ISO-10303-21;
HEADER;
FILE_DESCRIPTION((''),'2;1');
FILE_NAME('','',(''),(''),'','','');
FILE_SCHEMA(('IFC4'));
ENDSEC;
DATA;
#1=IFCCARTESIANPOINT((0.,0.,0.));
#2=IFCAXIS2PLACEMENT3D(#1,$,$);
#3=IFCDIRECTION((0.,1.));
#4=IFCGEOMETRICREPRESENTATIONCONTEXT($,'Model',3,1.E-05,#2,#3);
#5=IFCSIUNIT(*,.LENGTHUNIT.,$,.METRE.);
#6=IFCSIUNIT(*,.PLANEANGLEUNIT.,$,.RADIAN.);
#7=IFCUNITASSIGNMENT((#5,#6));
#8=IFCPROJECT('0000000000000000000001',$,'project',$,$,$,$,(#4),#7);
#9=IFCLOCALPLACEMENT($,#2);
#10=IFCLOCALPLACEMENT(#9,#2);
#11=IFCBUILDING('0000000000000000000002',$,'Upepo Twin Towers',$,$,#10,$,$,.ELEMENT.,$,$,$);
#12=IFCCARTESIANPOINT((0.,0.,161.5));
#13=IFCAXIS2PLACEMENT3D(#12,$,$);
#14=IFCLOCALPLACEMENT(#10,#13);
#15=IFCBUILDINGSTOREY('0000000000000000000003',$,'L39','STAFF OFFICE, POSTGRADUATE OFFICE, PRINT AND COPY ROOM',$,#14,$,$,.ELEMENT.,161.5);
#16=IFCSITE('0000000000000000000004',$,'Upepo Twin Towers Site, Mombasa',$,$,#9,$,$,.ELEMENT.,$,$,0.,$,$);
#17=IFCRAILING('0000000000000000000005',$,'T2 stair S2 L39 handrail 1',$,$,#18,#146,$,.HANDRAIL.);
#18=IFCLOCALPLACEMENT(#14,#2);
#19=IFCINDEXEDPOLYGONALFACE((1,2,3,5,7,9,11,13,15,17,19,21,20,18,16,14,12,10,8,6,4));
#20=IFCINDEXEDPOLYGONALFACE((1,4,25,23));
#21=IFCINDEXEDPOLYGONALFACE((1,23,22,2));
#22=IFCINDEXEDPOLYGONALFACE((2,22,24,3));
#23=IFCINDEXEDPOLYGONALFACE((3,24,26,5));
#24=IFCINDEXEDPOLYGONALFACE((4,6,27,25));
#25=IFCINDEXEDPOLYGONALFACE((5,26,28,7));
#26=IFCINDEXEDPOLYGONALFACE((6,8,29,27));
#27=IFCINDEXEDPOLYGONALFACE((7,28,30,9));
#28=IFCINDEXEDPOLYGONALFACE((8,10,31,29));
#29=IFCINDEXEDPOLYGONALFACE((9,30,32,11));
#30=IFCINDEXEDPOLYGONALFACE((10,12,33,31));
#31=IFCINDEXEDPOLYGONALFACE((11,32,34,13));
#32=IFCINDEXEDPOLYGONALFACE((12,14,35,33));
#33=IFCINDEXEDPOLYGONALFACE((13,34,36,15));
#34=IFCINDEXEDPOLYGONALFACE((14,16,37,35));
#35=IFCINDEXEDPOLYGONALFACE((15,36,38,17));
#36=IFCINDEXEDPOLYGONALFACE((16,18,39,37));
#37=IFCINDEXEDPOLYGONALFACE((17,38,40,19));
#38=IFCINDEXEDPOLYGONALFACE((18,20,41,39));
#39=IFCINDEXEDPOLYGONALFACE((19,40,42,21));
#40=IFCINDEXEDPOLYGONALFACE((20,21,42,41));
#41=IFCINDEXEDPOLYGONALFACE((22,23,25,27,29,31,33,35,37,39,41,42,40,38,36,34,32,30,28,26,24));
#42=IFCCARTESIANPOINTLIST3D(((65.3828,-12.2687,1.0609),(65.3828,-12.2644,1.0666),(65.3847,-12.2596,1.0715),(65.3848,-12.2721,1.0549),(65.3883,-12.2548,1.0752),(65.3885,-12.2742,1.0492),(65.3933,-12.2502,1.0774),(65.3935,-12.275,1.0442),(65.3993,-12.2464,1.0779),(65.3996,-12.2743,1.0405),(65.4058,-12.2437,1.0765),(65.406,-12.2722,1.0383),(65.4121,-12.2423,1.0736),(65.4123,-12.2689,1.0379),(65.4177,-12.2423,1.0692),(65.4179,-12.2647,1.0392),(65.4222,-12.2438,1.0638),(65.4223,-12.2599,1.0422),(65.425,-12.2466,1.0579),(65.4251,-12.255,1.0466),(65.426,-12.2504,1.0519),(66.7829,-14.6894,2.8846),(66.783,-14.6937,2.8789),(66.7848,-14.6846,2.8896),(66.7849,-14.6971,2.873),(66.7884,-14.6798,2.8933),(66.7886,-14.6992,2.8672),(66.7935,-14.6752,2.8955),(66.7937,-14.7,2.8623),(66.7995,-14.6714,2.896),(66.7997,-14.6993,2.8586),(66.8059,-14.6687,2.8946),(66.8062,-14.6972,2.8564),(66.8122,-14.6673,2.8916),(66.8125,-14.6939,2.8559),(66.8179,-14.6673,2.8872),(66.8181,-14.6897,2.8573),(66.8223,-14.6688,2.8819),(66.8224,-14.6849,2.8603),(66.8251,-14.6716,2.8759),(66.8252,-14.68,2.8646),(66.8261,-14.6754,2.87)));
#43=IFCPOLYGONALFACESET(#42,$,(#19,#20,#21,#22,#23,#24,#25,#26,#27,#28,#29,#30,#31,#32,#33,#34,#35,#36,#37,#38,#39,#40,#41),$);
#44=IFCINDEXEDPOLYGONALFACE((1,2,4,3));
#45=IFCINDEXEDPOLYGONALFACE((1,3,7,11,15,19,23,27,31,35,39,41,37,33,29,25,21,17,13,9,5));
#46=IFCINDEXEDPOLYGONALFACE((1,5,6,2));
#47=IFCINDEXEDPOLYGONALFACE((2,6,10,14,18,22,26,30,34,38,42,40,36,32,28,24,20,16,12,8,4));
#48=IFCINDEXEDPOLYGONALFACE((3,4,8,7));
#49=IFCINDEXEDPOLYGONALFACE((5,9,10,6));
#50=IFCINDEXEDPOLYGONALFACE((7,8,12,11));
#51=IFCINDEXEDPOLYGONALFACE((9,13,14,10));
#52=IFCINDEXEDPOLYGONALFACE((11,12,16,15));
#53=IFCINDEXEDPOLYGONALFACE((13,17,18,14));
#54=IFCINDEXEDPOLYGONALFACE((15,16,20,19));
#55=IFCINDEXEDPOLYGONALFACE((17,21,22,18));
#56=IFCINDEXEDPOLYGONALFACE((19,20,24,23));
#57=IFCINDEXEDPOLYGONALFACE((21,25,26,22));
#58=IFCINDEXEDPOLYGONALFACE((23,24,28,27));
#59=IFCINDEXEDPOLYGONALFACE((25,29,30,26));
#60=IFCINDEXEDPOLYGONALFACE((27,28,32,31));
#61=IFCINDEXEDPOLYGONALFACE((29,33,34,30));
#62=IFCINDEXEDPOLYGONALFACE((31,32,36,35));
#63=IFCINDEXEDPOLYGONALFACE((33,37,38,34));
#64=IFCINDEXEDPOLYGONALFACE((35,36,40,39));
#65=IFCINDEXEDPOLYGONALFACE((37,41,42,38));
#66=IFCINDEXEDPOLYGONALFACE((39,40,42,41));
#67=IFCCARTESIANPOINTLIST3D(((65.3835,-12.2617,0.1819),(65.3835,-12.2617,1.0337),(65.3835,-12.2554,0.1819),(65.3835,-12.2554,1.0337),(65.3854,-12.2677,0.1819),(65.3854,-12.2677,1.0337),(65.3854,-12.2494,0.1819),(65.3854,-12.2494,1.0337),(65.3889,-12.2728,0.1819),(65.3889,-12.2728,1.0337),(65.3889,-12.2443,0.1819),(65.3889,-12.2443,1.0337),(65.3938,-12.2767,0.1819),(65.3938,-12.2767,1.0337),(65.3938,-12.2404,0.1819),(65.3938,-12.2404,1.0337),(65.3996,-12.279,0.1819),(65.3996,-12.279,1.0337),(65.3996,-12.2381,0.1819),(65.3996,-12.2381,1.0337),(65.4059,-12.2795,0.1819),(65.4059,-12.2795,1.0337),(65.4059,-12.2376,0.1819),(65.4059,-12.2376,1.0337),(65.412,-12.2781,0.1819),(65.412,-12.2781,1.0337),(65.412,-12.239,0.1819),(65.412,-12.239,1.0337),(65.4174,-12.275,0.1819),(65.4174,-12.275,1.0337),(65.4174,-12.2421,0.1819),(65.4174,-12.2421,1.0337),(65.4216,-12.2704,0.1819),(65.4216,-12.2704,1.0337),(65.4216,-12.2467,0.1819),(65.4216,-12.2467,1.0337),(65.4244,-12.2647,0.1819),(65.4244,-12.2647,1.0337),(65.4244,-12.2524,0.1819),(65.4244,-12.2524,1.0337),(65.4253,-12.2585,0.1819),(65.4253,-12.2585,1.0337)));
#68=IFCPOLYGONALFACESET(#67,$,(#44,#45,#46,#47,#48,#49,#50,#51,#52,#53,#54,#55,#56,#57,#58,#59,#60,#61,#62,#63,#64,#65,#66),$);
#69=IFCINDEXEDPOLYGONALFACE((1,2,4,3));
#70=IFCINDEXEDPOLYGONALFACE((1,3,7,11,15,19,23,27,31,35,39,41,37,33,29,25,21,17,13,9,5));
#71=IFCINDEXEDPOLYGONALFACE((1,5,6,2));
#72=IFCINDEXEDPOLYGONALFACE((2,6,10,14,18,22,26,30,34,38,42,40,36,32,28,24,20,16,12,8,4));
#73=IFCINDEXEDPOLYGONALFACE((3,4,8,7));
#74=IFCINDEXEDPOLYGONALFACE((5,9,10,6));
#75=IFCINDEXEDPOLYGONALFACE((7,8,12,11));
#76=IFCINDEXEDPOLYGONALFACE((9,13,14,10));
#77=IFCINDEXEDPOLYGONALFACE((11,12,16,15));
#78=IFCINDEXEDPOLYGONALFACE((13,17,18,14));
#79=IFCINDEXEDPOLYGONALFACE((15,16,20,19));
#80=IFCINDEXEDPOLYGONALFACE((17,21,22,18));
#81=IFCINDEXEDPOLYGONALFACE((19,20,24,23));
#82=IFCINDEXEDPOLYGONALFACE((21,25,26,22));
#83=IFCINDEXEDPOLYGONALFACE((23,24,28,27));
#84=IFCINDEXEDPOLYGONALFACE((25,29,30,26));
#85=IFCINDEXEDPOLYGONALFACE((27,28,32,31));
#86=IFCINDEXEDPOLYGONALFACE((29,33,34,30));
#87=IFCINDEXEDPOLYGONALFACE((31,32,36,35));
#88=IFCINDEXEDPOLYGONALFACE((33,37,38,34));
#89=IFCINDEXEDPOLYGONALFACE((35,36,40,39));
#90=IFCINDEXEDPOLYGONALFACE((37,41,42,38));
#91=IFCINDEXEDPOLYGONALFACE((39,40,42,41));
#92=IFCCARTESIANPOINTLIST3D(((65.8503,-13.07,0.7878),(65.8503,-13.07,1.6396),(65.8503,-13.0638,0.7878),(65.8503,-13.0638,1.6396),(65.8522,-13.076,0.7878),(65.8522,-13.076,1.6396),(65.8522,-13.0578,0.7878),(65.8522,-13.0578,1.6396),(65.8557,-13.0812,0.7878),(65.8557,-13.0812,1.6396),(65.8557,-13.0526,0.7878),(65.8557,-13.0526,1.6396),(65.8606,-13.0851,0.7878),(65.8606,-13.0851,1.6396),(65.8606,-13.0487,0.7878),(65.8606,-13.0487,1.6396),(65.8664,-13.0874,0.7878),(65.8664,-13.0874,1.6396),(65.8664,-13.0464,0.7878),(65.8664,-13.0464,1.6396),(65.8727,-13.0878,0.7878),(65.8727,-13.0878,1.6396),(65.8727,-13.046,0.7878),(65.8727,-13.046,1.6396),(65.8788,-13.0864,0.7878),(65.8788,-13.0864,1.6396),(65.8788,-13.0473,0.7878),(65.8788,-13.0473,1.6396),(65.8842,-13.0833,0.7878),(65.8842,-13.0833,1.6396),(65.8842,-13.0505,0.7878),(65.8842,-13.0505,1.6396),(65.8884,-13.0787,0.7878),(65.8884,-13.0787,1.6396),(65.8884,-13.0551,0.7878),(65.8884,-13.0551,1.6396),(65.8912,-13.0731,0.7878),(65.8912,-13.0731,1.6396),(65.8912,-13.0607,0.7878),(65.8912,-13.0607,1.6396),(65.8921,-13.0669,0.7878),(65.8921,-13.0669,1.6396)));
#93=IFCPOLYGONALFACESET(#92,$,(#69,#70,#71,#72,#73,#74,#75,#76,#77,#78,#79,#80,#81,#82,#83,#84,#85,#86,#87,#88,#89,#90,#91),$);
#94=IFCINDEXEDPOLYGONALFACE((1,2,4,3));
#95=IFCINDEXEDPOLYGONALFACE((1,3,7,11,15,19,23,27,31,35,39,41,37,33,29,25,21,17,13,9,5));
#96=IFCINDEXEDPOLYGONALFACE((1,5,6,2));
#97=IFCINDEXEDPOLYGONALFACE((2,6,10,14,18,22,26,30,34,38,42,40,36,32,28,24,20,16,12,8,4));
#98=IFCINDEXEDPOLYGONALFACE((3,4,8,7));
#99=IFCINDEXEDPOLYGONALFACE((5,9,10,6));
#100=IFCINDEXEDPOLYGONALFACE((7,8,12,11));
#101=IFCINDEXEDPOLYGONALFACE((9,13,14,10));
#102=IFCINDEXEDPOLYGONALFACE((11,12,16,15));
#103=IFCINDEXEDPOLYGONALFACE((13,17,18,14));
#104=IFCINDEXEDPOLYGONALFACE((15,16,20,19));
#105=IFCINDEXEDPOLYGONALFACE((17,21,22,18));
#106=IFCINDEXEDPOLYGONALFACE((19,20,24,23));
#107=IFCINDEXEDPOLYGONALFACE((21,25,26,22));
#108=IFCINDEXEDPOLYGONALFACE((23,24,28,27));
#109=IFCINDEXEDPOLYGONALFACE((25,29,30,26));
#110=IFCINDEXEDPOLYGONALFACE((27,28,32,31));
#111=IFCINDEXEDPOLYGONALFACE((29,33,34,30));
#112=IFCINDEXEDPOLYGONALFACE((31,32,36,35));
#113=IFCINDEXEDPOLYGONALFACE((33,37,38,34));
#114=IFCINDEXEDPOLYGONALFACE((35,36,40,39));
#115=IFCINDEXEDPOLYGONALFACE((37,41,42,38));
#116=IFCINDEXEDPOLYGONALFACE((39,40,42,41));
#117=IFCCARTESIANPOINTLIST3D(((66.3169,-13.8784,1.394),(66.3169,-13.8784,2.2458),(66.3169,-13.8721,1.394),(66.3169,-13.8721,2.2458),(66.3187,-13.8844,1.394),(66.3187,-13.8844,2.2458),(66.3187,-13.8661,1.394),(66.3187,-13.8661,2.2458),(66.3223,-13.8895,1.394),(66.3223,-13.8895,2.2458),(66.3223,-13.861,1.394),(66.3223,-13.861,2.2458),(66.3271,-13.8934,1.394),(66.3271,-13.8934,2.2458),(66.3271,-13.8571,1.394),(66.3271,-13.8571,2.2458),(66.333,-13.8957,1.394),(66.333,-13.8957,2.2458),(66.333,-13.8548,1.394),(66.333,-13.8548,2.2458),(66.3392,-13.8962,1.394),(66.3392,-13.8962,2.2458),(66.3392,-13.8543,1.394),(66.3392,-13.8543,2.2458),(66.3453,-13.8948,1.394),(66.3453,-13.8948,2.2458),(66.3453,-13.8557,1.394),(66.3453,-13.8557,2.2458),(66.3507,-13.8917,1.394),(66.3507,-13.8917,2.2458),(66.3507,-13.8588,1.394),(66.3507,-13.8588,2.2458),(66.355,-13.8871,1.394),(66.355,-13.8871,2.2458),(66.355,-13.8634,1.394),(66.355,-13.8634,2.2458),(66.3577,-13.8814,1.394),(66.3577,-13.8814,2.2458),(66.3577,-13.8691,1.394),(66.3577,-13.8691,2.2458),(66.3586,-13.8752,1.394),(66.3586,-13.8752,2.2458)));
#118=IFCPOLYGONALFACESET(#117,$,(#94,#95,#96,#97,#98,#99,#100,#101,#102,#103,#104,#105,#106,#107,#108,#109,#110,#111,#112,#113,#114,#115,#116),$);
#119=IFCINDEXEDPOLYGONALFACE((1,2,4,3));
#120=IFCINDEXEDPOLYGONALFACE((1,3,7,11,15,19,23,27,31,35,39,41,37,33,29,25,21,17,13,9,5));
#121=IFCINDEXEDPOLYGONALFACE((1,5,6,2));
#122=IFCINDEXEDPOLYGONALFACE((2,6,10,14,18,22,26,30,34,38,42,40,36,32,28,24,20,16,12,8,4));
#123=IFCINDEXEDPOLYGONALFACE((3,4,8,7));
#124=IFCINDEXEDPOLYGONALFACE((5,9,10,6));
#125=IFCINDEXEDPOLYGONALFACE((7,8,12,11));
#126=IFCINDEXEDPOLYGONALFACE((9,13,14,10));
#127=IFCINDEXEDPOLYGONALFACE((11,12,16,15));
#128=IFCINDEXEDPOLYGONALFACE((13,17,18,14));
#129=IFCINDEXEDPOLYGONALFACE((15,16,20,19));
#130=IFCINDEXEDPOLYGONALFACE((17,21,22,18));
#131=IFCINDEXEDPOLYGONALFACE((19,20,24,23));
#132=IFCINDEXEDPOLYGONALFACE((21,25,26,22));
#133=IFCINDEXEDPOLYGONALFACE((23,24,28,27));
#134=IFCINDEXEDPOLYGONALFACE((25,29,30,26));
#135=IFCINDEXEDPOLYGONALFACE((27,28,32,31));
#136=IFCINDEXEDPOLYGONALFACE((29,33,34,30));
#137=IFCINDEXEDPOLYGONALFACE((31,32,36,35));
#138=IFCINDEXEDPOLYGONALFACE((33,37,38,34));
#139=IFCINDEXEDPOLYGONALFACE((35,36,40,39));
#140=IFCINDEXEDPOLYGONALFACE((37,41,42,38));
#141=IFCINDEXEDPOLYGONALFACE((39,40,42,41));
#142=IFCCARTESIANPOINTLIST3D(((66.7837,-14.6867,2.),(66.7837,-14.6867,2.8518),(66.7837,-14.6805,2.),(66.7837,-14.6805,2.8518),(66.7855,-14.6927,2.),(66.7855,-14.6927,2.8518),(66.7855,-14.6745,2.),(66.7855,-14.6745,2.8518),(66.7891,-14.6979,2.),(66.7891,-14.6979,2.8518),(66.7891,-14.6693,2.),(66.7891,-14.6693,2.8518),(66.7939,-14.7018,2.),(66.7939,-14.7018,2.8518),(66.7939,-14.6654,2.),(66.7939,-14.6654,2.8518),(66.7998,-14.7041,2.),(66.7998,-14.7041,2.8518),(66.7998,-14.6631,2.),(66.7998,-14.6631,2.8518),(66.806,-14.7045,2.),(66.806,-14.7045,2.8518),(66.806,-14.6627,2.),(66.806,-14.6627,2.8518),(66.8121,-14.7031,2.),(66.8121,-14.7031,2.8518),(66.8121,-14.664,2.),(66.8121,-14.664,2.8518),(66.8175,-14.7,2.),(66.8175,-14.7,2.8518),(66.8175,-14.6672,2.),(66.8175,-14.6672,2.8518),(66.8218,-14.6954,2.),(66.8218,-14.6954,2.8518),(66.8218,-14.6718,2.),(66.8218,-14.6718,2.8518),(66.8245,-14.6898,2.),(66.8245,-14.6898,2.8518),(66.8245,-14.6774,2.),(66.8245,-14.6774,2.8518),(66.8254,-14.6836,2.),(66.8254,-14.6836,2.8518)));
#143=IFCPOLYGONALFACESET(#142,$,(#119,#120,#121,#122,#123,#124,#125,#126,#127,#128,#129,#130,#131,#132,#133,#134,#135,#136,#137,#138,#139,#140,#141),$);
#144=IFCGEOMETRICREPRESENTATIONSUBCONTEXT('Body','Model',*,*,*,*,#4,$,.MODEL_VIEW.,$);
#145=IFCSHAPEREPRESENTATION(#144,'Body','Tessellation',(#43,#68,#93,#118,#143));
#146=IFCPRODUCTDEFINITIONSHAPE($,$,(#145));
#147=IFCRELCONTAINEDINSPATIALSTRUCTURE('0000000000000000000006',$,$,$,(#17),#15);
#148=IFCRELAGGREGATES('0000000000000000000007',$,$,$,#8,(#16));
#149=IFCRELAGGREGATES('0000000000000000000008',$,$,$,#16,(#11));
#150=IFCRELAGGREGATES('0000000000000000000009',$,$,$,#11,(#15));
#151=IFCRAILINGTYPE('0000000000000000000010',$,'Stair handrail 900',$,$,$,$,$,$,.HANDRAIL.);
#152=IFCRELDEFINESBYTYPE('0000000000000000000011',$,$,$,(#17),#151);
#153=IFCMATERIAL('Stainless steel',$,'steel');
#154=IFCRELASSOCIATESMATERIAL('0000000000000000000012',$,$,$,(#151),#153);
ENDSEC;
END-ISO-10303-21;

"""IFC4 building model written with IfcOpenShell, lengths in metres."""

from ifc_helpers import new_model, si_unit, direction, frame, origin, origin_2d, place, context, subcontext, project, spatial, circle, extrude, material, type_object, element, save


model = new_model("IFC4")

# Units and contexts
model_context = context("Model", 3, precision=1e-05, world=origin(), true_north=direction((0.0, 1.0)))
body_context = subcontext(model_context, "Body", "Model", "MODEL_VIEW")
ifc_project = project(units=[si_unit("LENGTHUNIT", "METRE"), si_unit("PLANEANGLEUNIT", "RADIAN")], contexts=[model_context])

# Site, building, storey
site_placement = place(None, origin())
site = spatial("IfcSite", under=ifc_project, at=site_placement, Name="Upepo Twin Towers Site, Mombasa", CompositionType="ELEMENT", RefElevation=0.0)
building_placement = place(site_placement, origin())
building = spatial("IfcBuilding", under=site, at=building_placement, Name="Upepo Twin Towers", CompositionType="ELEMENT")
storey_placement = place(building_placement, frame((0.0, 0.0, 161.5)))
storey = spatial("IfcBuildingStorey", under=building, at=storey_placement, Name="L39", Description="STAFF OFFICE, POSTGRADUATE OFFICE, PRINT AND COPY ROOM", CompositionType="ELEMENT", Elevation=161.5)

# Railing
ifc_material_1 = material(Name="Stainless steel", Category="steel")
railing_type = type_object("IfcRailingType", Name="Stair handrail 900", PredefinedType="HANDRAIL", material=ifc_material_1)
railing_1_placement = place(storey_placement, frame((65.4043, -12.2585, 0.1819)))
element("IfcRailing", 1, at=railing_1_placement, inside=storey, type_object=railing_type, Name="T2 stair S2 L39 handrail 1", PredefinedType="HANDRAIL", context=body_context, shape_type="SweptSolid", body=[
    extrude(circle(Radius=0.0239, at=origin_2d()), frame((0.0, 0.0, 0.876), z_axis=(0.419371, -0.726349, 0.54456), x_axis=(0.866019, 0.500012, 0.0)), (0.0, 0.0, 1.0), 3.3386),
    extrude(circle(Radius=0.021, at=origin_2d()), origin(), (0.0, 0.0, 1.0), 0.8518),
    extrude(circle(Radius=0.021, at=origin_2d()), frame((0.4668, -0.8083, 0.606)), (0.0, 0.0, 1.0), 0.8518),
    extrude(circle(Radius=0.021, at=origin_2d()), frame((0.9333, -1.6167, 1.2122)), (0.0, 0.0, 1.0), 0.8518),
    extrude(circle(Radius=0.021, at=origin_2d()), frame((1.4001, -2.425, 1.8181)), (0.0, 0.0, 1.0), 0.8518),
])

save(model, "model.ifc")
